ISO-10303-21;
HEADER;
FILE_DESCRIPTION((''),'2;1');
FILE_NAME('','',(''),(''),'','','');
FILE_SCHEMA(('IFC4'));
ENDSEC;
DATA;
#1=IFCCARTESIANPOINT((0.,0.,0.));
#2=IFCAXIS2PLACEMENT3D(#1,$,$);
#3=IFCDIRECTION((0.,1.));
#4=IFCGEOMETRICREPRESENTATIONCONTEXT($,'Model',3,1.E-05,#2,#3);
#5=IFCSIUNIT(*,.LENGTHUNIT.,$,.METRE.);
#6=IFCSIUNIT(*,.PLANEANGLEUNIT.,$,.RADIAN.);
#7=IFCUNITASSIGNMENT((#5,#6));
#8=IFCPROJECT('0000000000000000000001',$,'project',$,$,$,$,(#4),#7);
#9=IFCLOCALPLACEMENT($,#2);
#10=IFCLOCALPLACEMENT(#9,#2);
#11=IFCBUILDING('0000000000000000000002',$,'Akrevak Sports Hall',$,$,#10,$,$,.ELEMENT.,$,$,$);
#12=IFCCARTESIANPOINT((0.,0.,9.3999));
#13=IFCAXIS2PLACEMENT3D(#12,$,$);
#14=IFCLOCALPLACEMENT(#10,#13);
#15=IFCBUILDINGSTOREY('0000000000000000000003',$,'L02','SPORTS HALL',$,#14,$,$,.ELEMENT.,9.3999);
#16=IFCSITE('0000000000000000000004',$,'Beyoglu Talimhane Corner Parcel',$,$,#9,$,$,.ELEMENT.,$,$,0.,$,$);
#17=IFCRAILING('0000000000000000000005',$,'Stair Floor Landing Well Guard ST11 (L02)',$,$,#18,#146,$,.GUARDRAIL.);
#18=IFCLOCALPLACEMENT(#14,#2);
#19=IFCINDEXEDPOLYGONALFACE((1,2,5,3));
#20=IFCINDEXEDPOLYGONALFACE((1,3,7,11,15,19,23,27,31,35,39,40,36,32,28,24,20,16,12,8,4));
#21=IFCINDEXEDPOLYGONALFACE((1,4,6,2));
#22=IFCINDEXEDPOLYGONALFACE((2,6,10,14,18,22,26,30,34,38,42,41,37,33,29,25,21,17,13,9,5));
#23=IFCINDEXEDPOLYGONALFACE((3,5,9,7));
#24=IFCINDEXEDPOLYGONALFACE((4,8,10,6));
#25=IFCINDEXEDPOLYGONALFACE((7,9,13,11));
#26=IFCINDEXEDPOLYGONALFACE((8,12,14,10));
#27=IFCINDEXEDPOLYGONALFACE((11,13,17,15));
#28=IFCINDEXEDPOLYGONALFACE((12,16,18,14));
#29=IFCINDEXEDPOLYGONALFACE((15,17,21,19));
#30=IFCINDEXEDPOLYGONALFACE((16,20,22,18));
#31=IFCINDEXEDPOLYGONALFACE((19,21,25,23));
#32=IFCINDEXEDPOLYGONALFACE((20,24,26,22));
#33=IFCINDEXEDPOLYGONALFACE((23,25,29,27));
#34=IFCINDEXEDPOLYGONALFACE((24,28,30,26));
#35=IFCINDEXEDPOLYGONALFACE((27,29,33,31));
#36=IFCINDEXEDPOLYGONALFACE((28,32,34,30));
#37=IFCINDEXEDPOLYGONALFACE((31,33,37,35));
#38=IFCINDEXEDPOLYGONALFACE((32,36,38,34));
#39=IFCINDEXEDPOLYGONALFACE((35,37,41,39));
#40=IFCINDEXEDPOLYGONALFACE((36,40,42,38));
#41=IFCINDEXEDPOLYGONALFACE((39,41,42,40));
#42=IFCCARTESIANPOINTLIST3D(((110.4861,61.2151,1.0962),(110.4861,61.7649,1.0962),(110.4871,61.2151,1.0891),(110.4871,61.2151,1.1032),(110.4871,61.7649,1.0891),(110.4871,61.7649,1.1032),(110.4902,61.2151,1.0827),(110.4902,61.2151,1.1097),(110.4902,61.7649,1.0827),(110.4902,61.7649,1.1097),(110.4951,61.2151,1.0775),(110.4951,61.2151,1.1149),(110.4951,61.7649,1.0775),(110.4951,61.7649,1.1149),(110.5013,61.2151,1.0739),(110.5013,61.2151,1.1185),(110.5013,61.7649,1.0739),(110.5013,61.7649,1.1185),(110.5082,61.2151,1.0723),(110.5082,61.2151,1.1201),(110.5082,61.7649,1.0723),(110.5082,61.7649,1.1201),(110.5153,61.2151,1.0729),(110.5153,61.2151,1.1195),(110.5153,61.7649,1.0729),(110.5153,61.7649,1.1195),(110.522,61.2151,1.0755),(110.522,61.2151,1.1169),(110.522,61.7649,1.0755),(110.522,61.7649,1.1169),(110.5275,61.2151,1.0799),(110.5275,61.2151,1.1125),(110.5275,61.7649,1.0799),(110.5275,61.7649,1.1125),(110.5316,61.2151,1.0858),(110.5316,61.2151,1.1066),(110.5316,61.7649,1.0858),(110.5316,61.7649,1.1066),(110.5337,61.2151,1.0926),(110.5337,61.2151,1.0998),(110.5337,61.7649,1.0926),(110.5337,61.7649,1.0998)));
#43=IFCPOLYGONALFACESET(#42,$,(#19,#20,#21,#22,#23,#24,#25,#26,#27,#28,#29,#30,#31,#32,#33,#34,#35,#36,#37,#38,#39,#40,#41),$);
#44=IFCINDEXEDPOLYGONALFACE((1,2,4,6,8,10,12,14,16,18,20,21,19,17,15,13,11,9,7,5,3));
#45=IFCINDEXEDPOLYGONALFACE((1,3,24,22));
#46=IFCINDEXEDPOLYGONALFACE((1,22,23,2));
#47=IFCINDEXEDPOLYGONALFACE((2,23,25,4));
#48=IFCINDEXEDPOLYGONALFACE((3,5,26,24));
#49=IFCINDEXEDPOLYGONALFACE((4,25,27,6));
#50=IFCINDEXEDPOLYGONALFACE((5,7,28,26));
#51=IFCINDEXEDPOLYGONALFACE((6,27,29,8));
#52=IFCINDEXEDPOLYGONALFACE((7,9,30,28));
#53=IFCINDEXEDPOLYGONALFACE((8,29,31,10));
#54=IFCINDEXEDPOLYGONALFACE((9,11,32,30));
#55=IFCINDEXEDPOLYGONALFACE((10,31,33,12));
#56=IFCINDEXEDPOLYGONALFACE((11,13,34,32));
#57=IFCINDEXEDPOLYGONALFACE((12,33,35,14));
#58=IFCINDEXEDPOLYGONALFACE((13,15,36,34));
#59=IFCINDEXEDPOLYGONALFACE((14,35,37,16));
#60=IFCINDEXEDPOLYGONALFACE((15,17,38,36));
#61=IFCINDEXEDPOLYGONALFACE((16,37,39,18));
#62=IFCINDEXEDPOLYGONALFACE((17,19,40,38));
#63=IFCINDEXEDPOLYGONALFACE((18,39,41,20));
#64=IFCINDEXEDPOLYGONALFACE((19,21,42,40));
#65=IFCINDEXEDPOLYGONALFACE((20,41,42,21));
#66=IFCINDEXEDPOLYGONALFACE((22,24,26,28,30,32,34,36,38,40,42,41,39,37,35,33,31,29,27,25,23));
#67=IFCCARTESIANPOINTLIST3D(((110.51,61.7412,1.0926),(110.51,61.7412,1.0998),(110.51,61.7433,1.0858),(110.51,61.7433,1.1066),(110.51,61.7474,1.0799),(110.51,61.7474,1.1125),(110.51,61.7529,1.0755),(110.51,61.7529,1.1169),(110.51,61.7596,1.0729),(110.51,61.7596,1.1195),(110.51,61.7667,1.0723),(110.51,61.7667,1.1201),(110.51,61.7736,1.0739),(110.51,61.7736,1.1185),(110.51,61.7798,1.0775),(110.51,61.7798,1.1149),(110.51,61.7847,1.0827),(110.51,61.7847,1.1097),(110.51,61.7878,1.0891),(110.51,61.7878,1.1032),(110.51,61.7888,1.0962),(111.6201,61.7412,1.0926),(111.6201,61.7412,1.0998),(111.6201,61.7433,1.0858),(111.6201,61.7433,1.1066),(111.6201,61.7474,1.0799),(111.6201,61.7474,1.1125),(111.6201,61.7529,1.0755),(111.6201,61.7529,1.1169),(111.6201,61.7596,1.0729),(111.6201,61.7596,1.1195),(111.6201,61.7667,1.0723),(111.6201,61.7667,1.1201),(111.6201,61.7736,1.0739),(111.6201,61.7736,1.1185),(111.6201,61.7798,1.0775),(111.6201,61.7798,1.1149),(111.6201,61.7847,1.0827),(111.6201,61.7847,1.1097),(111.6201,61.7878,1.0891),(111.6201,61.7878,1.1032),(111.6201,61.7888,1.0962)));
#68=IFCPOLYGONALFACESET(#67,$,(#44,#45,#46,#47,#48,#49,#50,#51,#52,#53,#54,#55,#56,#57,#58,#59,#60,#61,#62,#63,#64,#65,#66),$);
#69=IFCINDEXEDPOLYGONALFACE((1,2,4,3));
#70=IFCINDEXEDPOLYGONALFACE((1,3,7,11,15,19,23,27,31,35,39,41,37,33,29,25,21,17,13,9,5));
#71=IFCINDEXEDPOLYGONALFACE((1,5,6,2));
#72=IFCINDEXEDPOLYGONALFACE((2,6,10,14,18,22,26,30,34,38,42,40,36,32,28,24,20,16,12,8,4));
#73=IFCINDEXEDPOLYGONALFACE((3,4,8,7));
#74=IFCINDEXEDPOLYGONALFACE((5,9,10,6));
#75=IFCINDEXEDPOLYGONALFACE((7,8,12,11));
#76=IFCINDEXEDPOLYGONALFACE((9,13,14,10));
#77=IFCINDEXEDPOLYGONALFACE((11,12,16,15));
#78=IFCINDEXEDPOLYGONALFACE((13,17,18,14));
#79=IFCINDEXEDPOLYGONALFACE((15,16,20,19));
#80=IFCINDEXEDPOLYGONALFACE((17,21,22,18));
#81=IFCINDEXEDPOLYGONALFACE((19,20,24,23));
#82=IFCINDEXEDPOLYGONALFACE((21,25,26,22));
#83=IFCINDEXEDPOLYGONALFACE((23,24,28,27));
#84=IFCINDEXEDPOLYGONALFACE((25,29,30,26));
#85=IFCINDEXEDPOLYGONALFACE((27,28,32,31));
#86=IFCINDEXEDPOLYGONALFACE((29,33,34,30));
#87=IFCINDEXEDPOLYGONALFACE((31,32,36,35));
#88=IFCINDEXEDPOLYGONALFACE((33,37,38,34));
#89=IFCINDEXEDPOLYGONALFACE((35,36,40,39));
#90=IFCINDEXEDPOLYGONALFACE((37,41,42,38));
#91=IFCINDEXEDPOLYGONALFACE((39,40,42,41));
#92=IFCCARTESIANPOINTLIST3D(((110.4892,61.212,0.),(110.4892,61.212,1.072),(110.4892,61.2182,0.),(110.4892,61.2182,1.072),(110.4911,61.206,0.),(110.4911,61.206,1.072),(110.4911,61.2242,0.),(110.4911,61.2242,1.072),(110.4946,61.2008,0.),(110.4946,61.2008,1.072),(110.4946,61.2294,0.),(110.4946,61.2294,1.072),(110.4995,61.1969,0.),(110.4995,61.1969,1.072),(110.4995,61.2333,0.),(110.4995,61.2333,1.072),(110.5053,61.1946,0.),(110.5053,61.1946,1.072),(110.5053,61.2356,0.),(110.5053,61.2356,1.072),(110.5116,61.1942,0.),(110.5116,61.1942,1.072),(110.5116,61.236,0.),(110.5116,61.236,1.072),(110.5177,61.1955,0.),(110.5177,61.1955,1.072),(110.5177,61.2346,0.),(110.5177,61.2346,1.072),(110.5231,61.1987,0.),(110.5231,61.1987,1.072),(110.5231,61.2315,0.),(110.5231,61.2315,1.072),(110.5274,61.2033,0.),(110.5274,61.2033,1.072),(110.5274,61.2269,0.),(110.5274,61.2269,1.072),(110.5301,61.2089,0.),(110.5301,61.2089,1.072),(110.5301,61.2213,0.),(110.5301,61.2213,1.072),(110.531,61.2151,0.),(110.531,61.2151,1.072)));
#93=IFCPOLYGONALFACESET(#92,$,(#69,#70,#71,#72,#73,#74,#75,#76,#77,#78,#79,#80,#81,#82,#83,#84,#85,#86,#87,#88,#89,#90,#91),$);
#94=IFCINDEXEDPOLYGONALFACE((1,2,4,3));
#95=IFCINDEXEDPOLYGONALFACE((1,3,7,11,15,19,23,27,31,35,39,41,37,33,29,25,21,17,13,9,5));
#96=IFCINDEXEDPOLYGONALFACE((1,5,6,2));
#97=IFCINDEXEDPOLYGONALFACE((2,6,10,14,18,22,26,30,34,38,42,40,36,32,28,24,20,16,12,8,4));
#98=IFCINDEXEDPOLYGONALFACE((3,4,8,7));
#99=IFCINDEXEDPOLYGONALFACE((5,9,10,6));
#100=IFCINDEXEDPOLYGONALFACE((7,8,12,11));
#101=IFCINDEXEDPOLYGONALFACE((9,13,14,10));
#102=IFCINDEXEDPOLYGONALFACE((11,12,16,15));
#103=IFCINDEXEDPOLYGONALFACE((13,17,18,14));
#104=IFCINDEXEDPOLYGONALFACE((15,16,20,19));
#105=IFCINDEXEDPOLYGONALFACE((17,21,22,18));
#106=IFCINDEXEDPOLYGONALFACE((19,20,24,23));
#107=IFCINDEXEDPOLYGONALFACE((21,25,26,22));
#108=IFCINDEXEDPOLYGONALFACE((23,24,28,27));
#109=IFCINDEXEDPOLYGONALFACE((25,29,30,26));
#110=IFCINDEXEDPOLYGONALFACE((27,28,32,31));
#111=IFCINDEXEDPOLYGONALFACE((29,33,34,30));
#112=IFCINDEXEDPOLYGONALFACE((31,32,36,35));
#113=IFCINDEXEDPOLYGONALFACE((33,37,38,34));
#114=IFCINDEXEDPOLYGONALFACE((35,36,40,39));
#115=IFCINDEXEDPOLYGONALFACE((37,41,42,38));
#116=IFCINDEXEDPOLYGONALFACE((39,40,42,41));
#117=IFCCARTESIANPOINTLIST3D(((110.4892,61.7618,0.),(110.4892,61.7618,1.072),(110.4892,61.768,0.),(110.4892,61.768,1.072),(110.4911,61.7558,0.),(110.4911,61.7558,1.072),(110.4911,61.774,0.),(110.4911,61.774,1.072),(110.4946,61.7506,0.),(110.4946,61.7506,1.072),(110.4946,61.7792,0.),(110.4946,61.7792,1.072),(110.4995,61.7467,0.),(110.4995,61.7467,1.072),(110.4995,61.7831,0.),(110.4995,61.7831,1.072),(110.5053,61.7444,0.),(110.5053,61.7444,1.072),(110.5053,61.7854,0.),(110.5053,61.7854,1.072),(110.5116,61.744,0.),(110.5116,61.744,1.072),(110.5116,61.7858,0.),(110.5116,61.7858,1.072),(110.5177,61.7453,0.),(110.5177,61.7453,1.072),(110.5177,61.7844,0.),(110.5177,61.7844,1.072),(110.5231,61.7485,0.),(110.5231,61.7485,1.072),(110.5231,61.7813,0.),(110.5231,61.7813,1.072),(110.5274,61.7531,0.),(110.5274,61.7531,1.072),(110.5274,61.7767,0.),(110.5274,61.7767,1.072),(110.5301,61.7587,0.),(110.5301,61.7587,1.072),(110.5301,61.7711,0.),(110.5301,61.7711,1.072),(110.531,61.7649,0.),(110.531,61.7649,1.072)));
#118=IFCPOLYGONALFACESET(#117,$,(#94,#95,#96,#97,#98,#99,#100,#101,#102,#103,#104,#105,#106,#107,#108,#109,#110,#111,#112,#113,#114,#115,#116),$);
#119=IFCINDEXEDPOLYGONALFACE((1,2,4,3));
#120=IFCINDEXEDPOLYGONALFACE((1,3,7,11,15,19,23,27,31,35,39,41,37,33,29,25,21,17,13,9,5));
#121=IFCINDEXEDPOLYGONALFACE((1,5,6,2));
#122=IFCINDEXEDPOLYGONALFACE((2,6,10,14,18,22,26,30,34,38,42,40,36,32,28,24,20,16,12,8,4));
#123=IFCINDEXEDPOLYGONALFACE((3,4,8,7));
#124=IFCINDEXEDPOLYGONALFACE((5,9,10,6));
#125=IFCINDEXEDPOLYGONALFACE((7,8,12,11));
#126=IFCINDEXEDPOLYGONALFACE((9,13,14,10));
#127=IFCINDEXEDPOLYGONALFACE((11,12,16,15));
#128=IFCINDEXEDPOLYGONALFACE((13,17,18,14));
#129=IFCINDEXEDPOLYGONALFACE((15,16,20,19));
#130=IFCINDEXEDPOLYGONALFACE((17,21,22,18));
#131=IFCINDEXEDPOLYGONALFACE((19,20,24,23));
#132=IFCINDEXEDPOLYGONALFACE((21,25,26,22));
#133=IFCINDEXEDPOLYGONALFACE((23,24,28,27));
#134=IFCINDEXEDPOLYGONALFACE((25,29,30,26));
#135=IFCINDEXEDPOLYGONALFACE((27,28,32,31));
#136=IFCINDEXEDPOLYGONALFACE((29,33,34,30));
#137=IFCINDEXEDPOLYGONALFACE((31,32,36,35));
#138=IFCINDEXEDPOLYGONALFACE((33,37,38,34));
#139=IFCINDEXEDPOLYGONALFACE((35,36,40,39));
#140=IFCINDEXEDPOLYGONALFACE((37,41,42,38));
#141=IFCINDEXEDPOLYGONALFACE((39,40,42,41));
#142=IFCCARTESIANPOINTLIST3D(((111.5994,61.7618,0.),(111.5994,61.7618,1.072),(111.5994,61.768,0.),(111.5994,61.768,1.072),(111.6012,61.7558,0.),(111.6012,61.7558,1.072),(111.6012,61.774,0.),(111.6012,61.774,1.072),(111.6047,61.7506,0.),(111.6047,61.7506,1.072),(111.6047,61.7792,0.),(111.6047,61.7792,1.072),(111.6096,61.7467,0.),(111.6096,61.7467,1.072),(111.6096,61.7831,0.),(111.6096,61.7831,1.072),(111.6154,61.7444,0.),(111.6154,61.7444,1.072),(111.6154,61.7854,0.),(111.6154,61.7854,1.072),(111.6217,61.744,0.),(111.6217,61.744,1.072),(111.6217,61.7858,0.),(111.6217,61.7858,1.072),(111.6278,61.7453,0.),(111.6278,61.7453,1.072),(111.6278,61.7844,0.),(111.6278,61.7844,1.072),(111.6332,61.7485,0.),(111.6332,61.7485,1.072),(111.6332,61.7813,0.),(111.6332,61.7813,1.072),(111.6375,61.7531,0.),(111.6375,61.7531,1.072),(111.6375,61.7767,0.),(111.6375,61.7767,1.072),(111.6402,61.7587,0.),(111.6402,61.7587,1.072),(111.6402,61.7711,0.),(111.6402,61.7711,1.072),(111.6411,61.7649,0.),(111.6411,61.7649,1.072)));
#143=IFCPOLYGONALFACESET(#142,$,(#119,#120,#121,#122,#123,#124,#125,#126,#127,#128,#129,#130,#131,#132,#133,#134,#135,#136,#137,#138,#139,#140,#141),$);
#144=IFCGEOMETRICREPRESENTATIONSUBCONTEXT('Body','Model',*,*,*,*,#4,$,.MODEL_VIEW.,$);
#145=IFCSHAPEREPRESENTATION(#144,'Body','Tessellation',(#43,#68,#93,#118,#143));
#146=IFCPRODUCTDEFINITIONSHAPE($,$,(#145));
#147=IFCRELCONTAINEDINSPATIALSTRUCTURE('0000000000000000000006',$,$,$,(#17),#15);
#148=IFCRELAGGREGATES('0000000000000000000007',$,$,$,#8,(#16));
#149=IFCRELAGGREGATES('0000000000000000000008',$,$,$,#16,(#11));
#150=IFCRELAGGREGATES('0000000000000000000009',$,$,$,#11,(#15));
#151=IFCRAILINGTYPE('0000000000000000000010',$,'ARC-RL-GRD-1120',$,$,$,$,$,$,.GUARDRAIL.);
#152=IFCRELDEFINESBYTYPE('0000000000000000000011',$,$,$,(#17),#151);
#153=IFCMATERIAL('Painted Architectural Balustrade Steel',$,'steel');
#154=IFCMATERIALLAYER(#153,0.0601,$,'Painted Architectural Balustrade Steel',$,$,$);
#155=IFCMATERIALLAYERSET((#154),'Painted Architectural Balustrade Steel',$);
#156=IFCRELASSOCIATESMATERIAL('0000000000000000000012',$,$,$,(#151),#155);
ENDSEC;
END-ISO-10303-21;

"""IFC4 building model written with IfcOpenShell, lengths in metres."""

from ifc_helpers import new_model, si_unit, direction, frame, origin, origin_2d, place, context, subcontext, project, spatial, circle, extrude, material, layer, layer_set, type_object, element, save


model = new_model("IFC4")

# Units and contexts
model_context = context("Model", 3, precision=1e-05, world=origin(), true_north=direction((0.0, 1.0)))
body_context = subcontext(model_context, "Body", "Model", "MODEL_VIEW")
ifc_project = project(units=[si_unit("LENGTHUNIT", "METRE"), si_unit("PLANEANGLEUNIT", "RADIAN")], contexts=[model_context])

# Site, building, storey
site_placement = place(None, origin())
site = spatial("IfcSite", under=ifc_project, at=site_placement, Name="Beyoglu Talimhane Corner Parcel", CompositionType="ELEMENT", RefElevation=0.0)
building_placement = place(site_placement, origin())
building = spatial("IfcBuilding", under=site, at=building_placement, Name="Akrevak Sports Hall", CompositionType="ELEMENT")
storey_placement = place(building_placement, frame((0.0, 0.0, 9.3999)))
storey = spatial("IfcBuildingStorey", under=building, at=storey_placement, Name="L02", Description="SPORTS HALL", CompositionType="ELEMENT", Elevation=9.3999)

# Railing
ifc_material_1 = material(Name="Painted Architectural Balustrade Steel", Category="steel")
ifc_layer_1 = layer(ifc_material_1, 0.0601, Name="Painted Architectural Balustrade Steel")
ifc_layer_set_1 = layer_set([ifc_layer_1], Name="Painted Architectural Balustrade Steel")
railing_type_1 = type_object("IfcRailingType", Name="ARC-RL-GRD-1120", PredefinedType="GUARDRAIL", material=ifc_layer_set_1)
railing_1_placement = place(storey_placement, frame((110.51, 61.2151, 0.0)))
element("IfcRailing", 1, at=railing_1_placement, inside=storey, type_object=railing_type_1, Name="Stair Floor Landing Well Guard ST11 (L02)", PredefinedType="GUARDRAIL", context=body_context, shape_type="SweptSolid", body=[
    extrude(circle(Radius=0.0239, at=origin_2d()), frame((0.0, 0.0, 1.0962), z_axis=(0.0, 1.0, 0.0), x_axis=(-1.0, 0.0, 0.0)), (0.0, 0.0, 1.0), 0.5498),
    extrude(circle(Radius=0.0239, at=origin_2d()), frame((0.0, 0.5498, 1.0962), z_axis=(1.0, 0.0, 0.0), x_axis=(0.0, 1.0, 0.0)), (0.0, 0.0, 1.0), 1.1101),
    extrude(circle(Radius=0.021, at=origin_2d()), origin(), (0.0, 0.0, 1.0), 1.072),
    extrude(circle(Radius=0.021, at=origin_2d()), frame((0.0, 0.5498, 0.0)), (0.0, 0.0, 1.0), 1.072),
    extrude(circle(Radius=0.021, at=origin_2d()), frame((1.1101, 0.5498, 0.0)), (0.0, 0.0, 1.0), 1.072),
])

save(model, "model.ifc")
